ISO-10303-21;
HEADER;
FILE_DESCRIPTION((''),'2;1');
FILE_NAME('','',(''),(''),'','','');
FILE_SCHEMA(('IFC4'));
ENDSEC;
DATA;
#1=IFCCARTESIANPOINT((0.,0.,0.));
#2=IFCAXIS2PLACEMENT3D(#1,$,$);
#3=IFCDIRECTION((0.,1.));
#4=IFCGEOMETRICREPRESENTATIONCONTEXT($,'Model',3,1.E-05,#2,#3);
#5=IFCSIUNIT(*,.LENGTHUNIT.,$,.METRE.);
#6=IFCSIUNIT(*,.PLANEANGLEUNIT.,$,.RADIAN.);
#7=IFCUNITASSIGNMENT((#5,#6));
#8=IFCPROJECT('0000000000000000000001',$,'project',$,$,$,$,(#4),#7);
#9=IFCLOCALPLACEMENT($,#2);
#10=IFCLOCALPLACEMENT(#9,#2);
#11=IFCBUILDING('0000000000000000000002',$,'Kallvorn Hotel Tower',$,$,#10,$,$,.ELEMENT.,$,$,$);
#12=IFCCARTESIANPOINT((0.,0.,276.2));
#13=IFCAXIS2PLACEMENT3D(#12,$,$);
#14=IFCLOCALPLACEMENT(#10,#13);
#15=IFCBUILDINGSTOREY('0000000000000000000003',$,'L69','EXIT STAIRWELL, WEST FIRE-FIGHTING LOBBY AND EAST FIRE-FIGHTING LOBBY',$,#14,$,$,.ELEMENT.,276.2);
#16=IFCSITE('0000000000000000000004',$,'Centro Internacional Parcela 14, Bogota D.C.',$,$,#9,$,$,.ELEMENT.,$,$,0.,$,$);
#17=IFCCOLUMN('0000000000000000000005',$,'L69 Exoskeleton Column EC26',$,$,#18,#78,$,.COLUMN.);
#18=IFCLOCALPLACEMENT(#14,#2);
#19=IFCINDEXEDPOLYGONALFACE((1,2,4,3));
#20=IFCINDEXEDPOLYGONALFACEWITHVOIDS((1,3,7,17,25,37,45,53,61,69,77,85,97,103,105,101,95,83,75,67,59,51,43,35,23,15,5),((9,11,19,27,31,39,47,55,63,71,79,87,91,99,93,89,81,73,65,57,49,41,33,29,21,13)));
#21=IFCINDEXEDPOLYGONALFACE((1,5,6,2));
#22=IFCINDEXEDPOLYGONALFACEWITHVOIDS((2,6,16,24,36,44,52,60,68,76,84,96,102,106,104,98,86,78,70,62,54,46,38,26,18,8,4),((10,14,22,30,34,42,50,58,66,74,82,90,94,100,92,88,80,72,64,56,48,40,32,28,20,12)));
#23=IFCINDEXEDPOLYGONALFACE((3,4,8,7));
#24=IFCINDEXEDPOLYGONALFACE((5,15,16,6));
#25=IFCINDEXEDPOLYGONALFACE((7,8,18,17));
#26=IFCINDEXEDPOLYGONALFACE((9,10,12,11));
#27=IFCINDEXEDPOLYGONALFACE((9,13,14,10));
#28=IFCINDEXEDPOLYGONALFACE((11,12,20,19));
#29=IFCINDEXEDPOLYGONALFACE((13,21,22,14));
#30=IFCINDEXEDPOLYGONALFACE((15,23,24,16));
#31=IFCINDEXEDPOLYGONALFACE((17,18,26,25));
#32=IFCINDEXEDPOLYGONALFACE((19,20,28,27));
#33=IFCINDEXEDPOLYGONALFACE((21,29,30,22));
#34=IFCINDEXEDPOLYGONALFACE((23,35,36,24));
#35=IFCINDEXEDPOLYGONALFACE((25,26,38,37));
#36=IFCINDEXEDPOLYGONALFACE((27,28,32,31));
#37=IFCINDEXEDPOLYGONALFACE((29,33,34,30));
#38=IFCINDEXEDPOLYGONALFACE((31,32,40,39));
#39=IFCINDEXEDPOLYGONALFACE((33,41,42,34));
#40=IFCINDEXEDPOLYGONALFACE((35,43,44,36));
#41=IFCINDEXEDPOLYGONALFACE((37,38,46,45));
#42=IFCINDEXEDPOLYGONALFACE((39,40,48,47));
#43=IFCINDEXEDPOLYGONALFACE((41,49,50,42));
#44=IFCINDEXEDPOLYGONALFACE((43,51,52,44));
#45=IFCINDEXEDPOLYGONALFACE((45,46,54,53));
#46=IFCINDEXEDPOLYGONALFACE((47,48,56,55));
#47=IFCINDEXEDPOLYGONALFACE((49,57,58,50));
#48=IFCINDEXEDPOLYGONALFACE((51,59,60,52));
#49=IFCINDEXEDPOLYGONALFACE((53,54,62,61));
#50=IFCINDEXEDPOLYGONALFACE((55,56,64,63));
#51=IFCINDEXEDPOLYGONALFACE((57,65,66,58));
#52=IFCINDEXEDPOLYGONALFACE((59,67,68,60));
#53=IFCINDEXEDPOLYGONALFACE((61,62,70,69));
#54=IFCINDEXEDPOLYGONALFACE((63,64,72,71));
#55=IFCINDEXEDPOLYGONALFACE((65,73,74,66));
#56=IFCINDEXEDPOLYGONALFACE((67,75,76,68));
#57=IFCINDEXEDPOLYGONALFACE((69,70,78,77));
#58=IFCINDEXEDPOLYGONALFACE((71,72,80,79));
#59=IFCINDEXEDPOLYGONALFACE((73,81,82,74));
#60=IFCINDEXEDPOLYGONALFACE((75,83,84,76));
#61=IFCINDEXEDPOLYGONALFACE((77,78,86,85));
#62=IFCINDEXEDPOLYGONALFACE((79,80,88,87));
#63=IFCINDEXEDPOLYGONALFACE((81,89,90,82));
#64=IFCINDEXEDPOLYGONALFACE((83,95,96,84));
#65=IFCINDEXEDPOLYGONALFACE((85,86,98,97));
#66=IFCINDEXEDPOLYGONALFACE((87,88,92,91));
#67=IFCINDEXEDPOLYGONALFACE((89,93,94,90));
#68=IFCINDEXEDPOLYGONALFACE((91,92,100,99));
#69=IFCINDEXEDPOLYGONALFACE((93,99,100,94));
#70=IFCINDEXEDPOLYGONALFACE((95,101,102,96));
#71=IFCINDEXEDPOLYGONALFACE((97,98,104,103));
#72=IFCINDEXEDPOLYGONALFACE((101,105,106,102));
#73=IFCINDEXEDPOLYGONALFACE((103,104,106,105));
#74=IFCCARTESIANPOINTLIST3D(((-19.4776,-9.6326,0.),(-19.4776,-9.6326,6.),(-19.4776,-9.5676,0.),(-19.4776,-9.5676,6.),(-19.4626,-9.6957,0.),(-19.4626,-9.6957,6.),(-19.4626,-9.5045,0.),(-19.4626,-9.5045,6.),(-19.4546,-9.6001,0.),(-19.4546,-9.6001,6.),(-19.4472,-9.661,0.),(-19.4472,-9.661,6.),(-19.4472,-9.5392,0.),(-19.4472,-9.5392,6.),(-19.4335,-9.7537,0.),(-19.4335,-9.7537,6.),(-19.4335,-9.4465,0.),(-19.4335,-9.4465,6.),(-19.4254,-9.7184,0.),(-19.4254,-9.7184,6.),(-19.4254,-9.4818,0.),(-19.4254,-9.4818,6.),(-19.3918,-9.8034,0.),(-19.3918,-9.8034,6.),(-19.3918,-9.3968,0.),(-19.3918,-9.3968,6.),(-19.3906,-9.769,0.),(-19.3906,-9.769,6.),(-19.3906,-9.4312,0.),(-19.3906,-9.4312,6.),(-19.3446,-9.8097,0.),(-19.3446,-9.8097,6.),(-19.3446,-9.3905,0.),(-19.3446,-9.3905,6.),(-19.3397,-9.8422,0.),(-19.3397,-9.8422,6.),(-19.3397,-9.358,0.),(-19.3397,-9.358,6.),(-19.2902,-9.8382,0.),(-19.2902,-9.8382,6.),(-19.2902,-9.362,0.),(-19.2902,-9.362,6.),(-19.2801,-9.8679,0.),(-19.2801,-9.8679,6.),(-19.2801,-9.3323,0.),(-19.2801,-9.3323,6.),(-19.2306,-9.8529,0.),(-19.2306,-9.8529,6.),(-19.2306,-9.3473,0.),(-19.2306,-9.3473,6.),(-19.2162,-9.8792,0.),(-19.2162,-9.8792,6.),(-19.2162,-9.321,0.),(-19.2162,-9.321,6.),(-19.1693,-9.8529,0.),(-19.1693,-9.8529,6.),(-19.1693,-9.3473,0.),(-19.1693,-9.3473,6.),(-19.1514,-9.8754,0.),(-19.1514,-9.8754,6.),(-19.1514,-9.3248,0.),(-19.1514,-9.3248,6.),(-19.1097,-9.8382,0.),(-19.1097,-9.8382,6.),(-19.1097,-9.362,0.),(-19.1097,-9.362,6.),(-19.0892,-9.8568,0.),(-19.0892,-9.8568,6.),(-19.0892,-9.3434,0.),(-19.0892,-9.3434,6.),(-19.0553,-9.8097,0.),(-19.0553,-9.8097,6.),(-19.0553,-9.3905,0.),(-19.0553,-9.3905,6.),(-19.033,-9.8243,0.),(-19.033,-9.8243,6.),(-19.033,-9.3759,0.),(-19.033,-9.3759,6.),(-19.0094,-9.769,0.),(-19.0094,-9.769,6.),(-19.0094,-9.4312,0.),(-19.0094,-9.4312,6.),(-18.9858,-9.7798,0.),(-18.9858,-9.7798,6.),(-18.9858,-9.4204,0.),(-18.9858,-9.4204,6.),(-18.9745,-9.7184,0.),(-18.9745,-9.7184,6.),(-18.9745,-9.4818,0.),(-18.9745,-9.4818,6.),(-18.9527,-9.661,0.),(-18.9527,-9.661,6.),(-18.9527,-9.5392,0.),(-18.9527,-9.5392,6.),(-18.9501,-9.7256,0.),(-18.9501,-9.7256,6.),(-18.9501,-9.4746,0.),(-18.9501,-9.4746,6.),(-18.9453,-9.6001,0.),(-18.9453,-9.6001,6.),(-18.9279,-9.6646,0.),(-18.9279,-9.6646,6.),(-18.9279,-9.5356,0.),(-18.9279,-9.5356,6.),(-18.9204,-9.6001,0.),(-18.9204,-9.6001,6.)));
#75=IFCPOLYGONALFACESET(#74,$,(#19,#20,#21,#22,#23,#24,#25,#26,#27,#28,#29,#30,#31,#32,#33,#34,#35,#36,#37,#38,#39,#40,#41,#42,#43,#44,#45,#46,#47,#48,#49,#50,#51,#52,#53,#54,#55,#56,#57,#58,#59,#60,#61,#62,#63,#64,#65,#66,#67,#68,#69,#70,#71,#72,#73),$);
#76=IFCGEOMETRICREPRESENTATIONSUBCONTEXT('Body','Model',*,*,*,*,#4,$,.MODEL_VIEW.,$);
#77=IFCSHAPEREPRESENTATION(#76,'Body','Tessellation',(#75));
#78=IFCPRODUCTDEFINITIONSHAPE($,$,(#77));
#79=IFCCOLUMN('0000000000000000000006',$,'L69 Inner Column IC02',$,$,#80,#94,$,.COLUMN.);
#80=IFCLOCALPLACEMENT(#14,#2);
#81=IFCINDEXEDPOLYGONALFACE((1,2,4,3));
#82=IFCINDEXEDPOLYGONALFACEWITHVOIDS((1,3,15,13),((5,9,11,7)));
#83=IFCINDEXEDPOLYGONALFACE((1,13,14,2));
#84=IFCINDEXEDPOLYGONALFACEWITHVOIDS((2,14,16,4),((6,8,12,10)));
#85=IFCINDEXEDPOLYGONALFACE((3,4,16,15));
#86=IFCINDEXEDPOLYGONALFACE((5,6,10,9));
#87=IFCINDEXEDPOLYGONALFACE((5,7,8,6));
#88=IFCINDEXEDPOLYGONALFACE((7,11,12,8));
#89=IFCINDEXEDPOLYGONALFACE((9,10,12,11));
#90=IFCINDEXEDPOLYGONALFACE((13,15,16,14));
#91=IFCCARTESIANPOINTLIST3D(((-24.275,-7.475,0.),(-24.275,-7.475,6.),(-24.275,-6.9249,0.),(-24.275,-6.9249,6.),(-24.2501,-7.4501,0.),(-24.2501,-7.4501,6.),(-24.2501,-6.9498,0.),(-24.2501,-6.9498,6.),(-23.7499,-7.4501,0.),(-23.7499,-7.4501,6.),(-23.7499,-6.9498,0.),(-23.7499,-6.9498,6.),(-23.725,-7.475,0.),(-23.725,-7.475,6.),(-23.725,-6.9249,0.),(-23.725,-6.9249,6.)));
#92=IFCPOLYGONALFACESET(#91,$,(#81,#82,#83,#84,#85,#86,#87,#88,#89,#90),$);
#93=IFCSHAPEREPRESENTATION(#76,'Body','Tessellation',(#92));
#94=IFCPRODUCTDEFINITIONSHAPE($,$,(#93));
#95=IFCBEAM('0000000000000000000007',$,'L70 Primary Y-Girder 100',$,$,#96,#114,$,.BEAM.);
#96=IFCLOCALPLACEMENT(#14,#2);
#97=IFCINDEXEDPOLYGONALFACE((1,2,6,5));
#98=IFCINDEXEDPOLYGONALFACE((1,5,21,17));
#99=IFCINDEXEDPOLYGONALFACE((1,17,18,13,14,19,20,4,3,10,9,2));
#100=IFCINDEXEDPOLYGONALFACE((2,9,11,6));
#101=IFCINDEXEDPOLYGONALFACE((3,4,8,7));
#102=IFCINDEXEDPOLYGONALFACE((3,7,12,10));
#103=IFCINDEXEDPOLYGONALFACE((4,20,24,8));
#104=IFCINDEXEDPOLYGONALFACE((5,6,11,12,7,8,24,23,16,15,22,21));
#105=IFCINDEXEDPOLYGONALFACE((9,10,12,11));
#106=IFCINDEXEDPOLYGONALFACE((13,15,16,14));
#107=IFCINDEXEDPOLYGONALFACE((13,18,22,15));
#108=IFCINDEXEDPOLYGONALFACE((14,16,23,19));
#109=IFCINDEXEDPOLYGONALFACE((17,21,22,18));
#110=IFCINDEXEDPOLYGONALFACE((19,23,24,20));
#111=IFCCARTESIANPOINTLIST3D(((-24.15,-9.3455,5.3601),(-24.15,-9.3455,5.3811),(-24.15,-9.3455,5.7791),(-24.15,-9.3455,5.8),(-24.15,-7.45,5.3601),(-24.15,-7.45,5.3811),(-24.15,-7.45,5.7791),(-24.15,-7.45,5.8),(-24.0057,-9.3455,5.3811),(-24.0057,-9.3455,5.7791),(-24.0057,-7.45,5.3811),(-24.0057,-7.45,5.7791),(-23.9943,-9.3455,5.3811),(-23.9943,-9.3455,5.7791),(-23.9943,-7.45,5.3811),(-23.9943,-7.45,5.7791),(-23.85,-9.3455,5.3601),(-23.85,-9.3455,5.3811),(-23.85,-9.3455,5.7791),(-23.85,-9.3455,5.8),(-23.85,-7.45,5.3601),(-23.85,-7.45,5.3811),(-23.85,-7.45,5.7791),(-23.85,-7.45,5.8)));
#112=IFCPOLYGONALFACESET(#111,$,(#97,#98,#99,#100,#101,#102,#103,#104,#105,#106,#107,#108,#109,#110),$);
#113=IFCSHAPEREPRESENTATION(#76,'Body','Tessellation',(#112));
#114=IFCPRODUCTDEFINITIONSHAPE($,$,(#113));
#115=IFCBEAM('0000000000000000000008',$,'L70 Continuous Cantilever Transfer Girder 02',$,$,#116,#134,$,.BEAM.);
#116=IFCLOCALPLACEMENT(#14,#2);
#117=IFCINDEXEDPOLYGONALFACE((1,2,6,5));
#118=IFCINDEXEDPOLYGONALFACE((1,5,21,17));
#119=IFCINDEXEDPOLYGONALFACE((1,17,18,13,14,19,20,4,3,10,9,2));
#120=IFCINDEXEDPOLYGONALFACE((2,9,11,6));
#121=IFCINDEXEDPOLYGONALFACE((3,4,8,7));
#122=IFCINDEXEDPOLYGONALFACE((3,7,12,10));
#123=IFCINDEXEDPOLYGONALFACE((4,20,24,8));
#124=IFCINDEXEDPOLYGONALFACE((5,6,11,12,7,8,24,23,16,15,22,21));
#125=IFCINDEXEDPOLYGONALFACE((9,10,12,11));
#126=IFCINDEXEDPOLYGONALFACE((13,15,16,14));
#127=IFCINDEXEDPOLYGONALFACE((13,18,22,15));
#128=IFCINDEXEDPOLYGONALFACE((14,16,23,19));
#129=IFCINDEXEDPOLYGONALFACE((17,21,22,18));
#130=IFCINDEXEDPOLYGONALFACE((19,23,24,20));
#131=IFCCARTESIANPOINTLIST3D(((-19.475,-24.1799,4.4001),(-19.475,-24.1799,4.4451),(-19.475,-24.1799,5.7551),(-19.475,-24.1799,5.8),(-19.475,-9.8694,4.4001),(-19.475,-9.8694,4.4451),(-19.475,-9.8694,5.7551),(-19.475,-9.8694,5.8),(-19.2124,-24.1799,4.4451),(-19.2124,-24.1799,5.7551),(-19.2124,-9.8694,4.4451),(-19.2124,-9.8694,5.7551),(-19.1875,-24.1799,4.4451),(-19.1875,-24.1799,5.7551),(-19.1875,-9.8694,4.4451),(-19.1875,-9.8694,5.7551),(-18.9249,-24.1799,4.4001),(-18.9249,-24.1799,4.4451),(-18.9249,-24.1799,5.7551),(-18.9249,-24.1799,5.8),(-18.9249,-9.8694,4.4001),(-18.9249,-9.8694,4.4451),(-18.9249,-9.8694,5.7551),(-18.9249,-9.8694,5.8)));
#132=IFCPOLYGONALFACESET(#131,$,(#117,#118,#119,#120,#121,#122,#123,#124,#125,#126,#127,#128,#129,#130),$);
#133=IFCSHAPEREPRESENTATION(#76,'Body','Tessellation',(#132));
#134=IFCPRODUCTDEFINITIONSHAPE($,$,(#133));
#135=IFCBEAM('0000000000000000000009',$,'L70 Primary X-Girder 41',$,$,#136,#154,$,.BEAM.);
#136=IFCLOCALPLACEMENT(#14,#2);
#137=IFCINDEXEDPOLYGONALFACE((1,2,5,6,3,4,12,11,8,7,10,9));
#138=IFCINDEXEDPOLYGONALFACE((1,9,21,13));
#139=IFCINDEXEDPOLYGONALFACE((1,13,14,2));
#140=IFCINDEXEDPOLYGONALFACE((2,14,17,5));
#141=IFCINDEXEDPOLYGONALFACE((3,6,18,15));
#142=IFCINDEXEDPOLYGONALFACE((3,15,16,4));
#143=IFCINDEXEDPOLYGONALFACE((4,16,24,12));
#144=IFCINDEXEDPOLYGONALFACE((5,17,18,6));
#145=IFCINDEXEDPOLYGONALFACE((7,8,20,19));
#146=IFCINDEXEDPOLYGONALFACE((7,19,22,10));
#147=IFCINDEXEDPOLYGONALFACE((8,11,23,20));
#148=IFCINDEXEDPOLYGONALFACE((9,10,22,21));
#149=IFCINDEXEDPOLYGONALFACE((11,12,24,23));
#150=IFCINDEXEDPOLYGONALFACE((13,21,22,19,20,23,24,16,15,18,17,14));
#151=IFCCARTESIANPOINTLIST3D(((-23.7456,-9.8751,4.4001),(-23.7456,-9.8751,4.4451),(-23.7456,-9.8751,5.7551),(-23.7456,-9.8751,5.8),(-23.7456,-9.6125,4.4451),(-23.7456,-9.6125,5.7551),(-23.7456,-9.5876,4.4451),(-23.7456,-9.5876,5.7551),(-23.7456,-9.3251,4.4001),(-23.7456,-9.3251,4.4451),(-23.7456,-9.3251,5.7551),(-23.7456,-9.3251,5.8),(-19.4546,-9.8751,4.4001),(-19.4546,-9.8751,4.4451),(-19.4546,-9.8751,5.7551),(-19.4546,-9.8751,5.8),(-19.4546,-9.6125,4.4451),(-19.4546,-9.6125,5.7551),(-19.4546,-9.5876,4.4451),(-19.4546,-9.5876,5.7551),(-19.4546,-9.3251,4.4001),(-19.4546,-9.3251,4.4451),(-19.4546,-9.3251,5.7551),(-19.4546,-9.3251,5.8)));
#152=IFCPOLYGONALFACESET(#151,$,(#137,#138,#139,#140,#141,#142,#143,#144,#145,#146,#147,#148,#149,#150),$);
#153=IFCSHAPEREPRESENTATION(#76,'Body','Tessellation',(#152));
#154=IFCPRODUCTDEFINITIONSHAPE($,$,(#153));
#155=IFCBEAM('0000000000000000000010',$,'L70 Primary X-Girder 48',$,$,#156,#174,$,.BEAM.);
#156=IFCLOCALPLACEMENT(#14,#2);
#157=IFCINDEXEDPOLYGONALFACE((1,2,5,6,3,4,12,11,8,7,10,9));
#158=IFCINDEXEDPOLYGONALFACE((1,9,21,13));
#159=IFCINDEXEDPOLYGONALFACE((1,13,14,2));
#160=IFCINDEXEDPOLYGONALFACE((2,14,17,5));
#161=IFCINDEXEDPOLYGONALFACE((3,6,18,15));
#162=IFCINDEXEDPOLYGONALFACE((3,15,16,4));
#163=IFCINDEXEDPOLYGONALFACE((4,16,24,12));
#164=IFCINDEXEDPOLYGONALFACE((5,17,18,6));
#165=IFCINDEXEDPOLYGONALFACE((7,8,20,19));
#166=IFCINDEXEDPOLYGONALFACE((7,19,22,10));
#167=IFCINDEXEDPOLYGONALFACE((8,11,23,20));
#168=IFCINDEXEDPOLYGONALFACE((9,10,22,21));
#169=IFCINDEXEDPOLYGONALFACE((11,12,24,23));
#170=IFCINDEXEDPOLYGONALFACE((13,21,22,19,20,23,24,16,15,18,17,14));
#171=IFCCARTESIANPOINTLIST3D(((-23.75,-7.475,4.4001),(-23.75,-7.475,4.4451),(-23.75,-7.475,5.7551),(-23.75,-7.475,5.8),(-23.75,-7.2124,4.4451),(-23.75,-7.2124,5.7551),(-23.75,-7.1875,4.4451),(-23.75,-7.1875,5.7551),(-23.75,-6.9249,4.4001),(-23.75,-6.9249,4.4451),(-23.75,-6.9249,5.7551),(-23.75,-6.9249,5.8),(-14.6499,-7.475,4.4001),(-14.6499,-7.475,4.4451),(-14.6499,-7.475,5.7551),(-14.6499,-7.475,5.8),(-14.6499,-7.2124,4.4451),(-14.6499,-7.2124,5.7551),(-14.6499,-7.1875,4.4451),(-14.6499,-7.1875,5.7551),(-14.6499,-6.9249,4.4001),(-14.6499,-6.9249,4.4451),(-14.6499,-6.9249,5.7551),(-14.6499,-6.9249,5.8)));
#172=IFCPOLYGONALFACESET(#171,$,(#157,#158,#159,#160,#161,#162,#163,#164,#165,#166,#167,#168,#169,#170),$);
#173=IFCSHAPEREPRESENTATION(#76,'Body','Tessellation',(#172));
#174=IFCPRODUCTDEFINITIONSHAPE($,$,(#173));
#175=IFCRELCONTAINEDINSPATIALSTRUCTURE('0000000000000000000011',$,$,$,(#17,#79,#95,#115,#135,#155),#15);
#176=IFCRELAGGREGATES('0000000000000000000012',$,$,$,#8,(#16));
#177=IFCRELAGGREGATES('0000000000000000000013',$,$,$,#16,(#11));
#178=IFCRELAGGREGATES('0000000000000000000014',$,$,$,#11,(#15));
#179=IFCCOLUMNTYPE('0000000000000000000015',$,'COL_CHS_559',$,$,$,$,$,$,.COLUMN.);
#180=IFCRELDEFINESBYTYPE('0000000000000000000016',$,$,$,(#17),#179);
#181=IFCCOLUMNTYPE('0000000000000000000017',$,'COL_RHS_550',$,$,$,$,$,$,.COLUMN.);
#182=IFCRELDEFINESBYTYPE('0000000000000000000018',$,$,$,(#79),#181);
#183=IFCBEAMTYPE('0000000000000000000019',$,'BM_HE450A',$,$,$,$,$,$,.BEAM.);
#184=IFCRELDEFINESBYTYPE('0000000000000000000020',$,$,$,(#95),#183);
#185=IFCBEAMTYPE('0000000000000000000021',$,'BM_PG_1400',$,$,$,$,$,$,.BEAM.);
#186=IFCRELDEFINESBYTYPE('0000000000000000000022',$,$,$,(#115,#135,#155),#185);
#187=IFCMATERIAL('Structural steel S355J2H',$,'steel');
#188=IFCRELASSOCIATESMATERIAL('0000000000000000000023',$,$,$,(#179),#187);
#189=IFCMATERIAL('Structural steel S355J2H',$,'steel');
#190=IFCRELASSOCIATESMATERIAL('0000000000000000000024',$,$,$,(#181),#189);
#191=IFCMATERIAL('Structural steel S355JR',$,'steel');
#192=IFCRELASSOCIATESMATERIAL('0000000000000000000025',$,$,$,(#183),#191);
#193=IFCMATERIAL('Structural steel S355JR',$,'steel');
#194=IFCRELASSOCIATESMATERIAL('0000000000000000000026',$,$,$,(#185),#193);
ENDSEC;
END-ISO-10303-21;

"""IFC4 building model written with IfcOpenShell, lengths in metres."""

from ifc_helpers import new_model, si_unit, direction, frame, origin, origin_2d, place, context, subcontext, project, spatial, hollow_rectangle, hollow_circle, i_section, extrude, material, material_profile, profile_set, type_object, element, save


model = new_model("IFC4")

# Units and contexts
model_context = context("Model", 3, precision=1e-05, world=origin(), true_north=direction((0.0, 1.0)))
body_context = subcontext(model_context, "Body", "Model", "MODEL_VIEW")
ifc_project = project(units=[si_unit("LENGTHUNIT", "METRE"), si_unit("PLANEANGLEUNIT", "RADIAN")], contexts=[model_context])

# Site, building, storey
site_placement = place(None, origin())
site = spatial("IfcSite", under=ifc_project, at=site_placement, Name="Centro Internacional Parcela 14, Bogota D.C.", CompositionType="ELEMENT", RefElevation=0.0)
building_placement = place(site_placement, origin())
building = spatial("IfcBuilding", under=site, at=building_placement, Name="Kallvorn Hotel Tower", CompositionType="ELEMENT")
storey_placement = place(building_placement, frame((0.0, 0.0, 276.2)))
storey = spatial("IfcBuildingStorey", under=building, at=storey_placement, Name="L69", Description="EXIT STAIRWELL, WEST FIRE-FIGHTING LOBBY AND EAST FIRE-FIGHTING LOBBY", CompositionType="ELEMENT", Elevation=276.2)

# Columns
ifc_material_1 = material(Name="Structural steel S355J2H", Category="steel")
ifc_material_profile_1 = material_profile(ifc_material_1, hollow_circle(Radius=0.2795, WallThickness=0.0249, at=origin_2d()), Name="CHS 559x25")
ifc_profile_set_1 = profile_set([ifc_material_profile_1], Name="Structural steel S355J2H")
column_type_1 = type_object("IfcColumnType", Name="COL_CHS_559", PredefinedType="COLUMN", material=ifc_profile_set_1)
column_1_placement = place(storey_placement, frame((-19.2, -9.6001, 0.0), z_axis=(0.0, 0.0, 1.0), x_axis=(1.0, 0.0, 0.0)))
element("IfcColumn", 1, at=column_1_placement, inside=storey, type_object=column_type_1, Name="L69 Exoskeleton Column EC26", PredefinedType="COLUMN", context=body_context, shape_type="SweptSolid", body=[
    extrude(hollow_circle(Radius=0.2795, WallThickness=0.0249, at=origin_2d()), origin(), (0.0, 0.0, 1.0), 6.0),
])
ifc_material_2 = material(Name="Structural steel S355J2H", Category="steel")
ifc_material_profile_2 = material_profile(ifc_material_2, hollow_rectangle(XDim=0.55, YDim=0.55, WallThickness=0.0249, at=origin_2d()), Name="RHS 550x550x25")
ifc_profile_set_2 = profile_set([ifc_material_profile_2], Name="Structural steel S355J2H")
column_type_2 = type_object("IfcColumnType", Name="COL_RHS_550", PredefinedType="COLUMN", material=ifc_profile_set_2)
column_2_placement = place(storey_placement, frame((-24.0, -7.2, 0.0), z_axis=(0.0, 0.0, 1.0), x_axis=(1.0, 0.0, 0.0)))
element("IfcColumn", 2, at=column_2_placement, inside=storey, type_object=column_type_2, Name="L69 Inner Column IC02", PredefinedType="COLUMN", context=body_context, shape_type="SweptSolid", body=[
    extrude(hollow_rectangle(XDim=0.55, YDim=0.55, WallThickness=0.0249, at=origin_2d()), origin(), (0.0, 0.0, 1.0), 6.0),
])

# Beams
ifc_material_3 = material(Name="Structural steel S355JR", Category="steel")
ifc_material_profile_3 = material_profile(ifc_material_3, i_section(OverallWidth=0.3, OverallDepth=0.4399, WebThickness=0.0115, FlangeThickness=0.021, at=origin_2d()), Name="HE 450 A")
ifc_profile_set_3 = profile_set([ifc_material_profile_3], Name="Structural steel S355JR")
beam_type_1 = type_object("IfcBeamType", Name="BM_HE450A", PredefinedType="BEAM", material=ifc_profile_set_3)
beam_1_placement = place(storey_placement, frame((-24.0, -9.3455, 5.5801), z_axis=(0.0, 1.0, 0.0), x_axis=(-1.0, 0.0, 0.0)))
element("IfcBeam", 3, at=beam_1_placement, inside=storey, type_object=beam_type_1, Name="L70 Primary Y-Girder 100", PredefinedType="BEAM", context=body_context, shape_type="SweptSolid", body=[
    extrude(i_section(OverallWidth=0.3, OverallDepth=0.4399, WebThickness=0.0115, FlangeThickness=0.021, at=origin_2d()), origin(), (0.0, 0.0, 1.0), 1.8955),
])
ifc_material_4 = material(Name="Structural steel S355JR", Category="steel")
ifc_material_profile_4 = material_profile(ifc_material_4, i_section(OverallWidth=0.55, OverallDepth=1.3999, WebThickness=0.0249, FlangeThickness=0.0449, at=origin_2d()), Name="PG 1400x550x25x45")
ifc_profile_set_4 = profile_set([ifc_material_profile_4], Name="Structural steel S355JR")
beam_type_2 = type_object("IfcBeamType", Name="BM_PG_1400", PredefinedType="BEAM", material=ifc_profile_set_4)
beam_2_placement = place(storey_placement, frame((-19.2, -9.8694, 5.1001), z_axis=(0.0, -1.0, 0.0), x_axis=(1.0, 0.0, 0.0)))
element("IfcBeam", 4, at=beam_2_placement, inside=storey, type_object=beam_type_2, Name="L70 Continuous Cantilever Transfer Girder 02", PredefinedType="BEAM", context=body_context, shape_type="SweptSolid", body=[
    extrude(i_section(OverallWidth=0.55, OverallDepth=1.3999, WebThickness=0.0249, FlangeThickness=0.0449, at=origin_2d()), origin(), (0.0, 0.0, 1.0), 14.3105),
])
beam_3_placement = place(storey_placement, frame((-23.7456, -9.6001, 5.1001), z_axis=(1.0, 0.0, 0.0), x_axis=(0.0, 1.0, 0.0)))
element("IfcBeam", 5, at=beam_3_placement, inside=storey, type_object=beam_type_2, Name="L70 Primary X-Girder 41", PredefinedType="BEAM", context=body_context, shape_type="SweptSolid", body=[
    extrude(i_section(OverallWidth=0.55, OverallDepth=1.3999, WebThickness=0.0249, FlangeThickness=0.0449, at=origin_2d()), origin(), (0.0, 0.0, 1.0), 4.291),
])
beam_4_placement = place(storey_placement, frame((-23.75, -7.2, 5.1001), z_axis=(1.0, 0.0, 0.0), x_axis=(0.0, 1.0, 0.0)))
element("IfcBeam", 6, at=beam_4_placement, inside=storey, type_object=beam_type_2, Name="L70 Primary X-Girder 48", PredefinedType="BEAM", context=body_context, shape_type="SweptSolid", body=[
    extrude(i_section(OverallWidth=0.55, OverallDepth=1.3999, WebThickness=0.0249, FlangeThickness=0.0449, at=origin_2d()), origin(), (0.0, 0.0, 1.0), 9.1001),
])

save(model, "model.ifc")
